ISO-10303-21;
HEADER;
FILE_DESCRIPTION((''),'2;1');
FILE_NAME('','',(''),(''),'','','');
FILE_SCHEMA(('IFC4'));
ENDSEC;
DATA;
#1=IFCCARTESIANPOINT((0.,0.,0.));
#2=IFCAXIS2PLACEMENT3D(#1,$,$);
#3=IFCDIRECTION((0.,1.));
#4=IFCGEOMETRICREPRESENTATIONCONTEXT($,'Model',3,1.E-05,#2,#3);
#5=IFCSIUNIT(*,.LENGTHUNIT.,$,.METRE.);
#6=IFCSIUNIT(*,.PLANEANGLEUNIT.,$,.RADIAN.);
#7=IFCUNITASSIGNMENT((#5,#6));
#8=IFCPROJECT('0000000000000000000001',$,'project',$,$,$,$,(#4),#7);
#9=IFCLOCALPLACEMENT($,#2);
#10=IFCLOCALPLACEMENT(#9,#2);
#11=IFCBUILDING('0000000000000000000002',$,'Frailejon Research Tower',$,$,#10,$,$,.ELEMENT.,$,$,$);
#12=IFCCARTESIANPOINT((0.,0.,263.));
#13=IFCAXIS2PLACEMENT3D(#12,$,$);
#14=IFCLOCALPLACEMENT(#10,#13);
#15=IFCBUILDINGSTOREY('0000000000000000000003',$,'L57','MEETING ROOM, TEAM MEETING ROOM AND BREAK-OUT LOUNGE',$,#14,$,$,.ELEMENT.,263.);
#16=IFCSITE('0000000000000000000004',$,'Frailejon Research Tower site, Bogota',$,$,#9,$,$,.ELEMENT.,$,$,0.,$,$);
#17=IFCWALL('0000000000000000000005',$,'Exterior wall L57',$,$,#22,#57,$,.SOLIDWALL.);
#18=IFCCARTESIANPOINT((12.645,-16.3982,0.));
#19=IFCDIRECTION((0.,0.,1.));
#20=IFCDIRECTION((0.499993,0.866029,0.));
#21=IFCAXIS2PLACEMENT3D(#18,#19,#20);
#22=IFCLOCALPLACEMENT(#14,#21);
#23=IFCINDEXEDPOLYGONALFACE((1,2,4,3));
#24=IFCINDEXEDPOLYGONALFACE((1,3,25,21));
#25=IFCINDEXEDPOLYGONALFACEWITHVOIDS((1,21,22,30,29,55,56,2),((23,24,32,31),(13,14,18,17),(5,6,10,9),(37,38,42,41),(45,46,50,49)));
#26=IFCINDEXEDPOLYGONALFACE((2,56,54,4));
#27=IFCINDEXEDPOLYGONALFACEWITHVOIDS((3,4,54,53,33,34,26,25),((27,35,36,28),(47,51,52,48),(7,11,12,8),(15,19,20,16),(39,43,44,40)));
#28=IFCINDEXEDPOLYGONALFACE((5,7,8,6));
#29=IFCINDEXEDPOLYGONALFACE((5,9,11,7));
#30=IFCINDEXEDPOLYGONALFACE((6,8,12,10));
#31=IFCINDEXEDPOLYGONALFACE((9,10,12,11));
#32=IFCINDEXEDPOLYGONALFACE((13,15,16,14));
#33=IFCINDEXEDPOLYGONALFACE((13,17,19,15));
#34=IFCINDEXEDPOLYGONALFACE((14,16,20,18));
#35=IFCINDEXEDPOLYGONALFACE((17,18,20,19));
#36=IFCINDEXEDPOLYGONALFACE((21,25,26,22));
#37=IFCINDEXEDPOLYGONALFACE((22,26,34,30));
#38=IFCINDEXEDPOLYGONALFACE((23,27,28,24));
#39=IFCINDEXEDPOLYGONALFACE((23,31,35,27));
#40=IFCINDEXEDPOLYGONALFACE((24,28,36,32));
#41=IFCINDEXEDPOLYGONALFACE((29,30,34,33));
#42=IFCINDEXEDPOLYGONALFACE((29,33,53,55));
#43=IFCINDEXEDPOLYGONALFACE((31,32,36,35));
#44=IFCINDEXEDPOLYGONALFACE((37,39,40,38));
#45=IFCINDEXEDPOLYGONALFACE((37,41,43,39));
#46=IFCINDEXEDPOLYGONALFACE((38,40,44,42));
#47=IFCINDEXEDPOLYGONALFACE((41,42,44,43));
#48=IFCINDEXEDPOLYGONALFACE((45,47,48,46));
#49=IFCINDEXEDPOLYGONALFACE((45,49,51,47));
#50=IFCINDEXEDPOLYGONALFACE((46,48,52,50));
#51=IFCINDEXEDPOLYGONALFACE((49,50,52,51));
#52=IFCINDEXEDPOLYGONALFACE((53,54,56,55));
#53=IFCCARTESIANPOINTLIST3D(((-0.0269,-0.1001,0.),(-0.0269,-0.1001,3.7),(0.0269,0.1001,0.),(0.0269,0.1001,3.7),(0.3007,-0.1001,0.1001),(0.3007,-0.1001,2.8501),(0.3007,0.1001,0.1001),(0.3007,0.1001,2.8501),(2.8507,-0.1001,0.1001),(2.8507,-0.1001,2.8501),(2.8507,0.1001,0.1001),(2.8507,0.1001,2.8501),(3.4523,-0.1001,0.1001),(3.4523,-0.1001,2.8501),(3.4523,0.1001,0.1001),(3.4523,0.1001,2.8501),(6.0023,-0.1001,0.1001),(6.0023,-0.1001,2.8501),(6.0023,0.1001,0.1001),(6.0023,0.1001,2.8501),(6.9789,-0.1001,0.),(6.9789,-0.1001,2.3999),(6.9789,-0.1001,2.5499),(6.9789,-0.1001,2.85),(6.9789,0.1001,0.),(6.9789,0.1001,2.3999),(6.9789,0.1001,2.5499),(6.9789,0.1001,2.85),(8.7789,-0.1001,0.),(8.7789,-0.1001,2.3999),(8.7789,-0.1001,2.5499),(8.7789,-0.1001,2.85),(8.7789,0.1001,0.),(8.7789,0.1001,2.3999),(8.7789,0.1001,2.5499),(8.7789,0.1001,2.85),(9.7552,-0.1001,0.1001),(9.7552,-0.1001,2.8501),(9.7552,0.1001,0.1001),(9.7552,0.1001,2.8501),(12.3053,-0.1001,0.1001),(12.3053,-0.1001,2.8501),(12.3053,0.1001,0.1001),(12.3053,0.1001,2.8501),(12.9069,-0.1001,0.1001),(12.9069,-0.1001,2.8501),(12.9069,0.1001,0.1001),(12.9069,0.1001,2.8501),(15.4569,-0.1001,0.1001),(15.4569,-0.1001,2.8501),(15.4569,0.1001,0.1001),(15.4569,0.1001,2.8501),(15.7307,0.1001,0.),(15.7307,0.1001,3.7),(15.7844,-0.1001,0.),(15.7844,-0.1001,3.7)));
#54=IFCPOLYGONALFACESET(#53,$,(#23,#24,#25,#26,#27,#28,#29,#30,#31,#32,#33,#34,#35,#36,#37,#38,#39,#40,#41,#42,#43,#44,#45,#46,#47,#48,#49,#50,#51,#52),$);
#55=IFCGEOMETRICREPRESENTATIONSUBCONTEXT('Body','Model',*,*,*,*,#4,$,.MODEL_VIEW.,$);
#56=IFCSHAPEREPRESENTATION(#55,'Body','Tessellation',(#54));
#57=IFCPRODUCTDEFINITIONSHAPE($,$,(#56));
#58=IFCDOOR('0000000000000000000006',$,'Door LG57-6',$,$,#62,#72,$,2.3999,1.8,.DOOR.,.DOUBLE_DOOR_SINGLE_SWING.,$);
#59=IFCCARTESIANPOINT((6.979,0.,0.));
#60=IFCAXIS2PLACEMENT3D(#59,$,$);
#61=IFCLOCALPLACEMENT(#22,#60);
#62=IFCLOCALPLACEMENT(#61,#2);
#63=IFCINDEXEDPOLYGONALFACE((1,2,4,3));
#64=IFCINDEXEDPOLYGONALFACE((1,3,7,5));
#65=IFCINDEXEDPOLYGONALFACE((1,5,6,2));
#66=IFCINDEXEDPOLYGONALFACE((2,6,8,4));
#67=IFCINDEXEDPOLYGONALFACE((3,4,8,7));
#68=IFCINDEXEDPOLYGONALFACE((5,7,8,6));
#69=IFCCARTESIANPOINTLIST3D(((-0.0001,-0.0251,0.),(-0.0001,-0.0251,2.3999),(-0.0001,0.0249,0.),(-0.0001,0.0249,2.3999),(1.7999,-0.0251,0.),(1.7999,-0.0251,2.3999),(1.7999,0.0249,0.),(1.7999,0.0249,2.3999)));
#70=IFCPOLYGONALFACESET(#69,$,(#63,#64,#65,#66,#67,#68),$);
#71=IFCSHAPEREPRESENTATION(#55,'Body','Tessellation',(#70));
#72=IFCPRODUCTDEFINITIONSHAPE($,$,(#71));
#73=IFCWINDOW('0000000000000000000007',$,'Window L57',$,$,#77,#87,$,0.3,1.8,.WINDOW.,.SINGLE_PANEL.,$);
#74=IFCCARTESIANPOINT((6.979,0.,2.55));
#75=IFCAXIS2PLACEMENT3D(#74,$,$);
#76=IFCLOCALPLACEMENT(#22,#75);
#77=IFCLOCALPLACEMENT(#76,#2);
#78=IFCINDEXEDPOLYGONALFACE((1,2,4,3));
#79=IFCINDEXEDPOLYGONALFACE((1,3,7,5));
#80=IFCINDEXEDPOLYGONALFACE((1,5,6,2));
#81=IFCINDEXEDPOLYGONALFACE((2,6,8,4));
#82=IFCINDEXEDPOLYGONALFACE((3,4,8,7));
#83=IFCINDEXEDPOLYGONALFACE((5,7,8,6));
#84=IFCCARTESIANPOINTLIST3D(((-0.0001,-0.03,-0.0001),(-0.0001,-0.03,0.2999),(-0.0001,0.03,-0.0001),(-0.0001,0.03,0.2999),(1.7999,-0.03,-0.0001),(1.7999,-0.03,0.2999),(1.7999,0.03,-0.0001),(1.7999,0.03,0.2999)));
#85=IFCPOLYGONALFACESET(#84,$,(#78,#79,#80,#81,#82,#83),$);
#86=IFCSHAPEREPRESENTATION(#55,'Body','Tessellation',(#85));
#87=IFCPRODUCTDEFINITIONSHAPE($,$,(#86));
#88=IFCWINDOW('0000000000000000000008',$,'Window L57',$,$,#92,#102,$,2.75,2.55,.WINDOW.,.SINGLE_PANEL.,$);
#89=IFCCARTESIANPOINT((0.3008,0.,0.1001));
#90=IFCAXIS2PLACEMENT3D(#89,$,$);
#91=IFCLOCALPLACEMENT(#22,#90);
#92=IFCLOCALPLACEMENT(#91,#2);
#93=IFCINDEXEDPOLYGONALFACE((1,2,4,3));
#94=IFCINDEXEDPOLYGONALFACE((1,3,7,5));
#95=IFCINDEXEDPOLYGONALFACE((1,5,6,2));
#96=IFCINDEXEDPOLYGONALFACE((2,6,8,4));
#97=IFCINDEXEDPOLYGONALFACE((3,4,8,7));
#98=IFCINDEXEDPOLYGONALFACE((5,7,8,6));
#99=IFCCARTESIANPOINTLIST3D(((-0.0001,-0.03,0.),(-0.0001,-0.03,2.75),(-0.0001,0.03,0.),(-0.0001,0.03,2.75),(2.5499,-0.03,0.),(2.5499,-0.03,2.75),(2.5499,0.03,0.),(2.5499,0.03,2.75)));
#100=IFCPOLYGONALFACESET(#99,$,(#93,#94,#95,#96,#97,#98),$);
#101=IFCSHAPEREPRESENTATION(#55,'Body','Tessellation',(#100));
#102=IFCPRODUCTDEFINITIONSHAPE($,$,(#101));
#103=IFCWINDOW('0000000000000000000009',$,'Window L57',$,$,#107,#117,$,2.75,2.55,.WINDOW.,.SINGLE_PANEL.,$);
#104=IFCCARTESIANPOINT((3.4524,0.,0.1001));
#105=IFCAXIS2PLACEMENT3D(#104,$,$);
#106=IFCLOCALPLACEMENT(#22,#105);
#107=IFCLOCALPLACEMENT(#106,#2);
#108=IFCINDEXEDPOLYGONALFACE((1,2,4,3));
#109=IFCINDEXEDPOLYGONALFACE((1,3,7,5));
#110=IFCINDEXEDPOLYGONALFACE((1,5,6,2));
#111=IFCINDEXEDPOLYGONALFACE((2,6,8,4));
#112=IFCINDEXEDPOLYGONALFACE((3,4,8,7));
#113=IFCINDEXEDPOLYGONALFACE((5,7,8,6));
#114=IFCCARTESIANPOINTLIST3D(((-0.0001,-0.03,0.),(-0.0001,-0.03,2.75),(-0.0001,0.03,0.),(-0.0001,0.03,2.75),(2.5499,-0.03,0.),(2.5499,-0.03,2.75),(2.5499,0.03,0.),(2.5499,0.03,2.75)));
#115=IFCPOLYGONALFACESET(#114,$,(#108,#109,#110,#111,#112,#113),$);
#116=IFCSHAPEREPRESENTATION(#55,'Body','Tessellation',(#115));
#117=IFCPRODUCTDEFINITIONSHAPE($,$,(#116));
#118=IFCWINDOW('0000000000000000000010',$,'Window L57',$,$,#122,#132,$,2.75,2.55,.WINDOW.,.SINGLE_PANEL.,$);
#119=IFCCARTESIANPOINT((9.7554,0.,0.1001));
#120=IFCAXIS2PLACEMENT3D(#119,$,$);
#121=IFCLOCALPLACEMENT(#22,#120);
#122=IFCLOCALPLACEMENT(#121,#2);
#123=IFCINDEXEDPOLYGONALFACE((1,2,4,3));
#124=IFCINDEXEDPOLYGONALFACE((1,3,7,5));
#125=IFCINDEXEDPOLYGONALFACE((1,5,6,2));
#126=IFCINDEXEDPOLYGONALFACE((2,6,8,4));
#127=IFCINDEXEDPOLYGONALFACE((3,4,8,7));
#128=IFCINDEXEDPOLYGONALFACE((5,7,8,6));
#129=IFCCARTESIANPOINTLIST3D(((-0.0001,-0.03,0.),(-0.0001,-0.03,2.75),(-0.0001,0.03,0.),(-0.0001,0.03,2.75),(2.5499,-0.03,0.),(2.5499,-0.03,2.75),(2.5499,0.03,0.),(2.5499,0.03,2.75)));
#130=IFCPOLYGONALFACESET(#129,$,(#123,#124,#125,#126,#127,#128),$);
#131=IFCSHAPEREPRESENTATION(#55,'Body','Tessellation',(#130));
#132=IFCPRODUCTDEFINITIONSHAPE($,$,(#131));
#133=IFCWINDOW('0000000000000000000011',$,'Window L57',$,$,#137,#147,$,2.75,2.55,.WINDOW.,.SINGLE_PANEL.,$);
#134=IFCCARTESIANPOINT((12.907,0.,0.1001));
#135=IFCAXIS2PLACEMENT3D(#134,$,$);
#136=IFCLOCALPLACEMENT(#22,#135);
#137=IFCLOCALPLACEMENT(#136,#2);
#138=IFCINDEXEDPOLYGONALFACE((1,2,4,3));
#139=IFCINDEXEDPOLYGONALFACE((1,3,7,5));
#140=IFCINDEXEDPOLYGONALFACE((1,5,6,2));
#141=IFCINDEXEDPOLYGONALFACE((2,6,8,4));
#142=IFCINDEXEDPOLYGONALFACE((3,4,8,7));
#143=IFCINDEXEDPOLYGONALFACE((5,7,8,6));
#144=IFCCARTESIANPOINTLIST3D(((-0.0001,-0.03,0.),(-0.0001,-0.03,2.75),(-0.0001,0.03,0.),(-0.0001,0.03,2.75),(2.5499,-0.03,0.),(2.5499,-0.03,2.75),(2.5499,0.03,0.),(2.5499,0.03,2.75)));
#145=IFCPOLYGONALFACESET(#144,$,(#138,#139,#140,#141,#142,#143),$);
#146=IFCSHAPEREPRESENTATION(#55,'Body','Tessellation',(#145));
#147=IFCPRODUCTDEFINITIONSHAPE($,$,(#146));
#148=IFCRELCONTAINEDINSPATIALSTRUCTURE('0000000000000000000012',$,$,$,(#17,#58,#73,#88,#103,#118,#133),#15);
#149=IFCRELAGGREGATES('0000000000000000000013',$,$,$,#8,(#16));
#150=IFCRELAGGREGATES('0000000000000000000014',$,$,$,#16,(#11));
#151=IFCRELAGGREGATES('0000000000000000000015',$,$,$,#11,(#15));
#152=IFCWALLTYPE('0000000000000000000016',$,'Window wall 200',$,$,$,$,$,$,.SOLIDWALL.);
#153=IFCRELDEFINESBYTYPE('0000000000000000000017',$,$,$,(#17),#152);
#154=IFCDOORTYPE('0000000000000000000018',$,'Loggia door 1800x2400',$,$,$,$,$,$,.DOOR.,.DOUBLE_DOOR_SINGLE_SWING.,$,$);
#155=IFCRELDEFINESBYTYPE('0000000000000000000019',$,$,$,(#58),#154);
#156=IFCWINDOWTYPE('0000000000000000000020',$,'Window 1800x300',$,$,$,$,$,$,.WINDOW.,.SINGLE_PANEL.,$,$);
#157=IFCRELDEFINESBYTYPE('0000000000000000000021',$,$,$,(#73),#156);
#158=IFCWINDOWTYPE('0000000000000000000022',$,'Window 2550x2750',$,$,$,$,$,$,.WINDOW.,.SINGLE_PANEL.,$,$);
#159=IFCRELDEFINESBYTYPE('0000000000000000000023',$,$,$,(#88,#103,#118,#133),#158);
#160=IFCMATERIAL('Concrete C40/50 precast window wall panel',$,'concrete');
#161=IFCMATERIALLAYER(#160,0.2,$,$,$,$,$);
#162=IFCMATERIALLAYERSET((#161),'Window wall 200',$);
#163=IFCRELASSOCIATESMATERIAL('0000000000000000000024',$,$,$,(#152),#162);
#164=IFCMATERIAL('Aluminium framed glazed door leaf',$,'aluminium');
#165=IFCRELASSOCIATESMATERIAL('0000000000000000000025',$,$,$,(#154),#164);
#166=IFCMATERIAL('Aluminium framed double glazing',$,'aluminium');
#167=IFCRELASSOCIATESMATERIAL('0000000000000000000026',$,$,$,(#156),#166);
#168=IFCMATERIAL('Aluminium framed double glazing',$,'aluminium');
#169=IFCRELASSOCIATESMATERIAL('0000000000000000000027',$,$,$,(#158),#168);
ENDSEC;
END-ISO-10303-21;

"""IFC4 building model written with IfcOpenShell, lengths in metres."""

from ifc_helpers import new_model, si_unit, direction, frame, frame_2d, origin, place, context, subcontext, project, spatial, polyline, rectangle, outline, extrude, material, layer, layer_set, type_object, element, fill, save


model = new_model("IFC4")

# Units and contexts
model_context = context("Model", 3, precision=1e-05, world=origin(), true_north=direction((0.0, 1.0)))
body_context = subcontext(model_context, "Body", "Model", "MODEL_VIEW")
ifc_project = project(units=[si_unit("LENGTHUNIT", "METRE"), si_unit("PLANEANGLEUNIT", "RADIAN")], contexts=[model_context])

# Site, building, storey
site_placement = place(None, origin())
site = spatial("IfcSite", under=ifc_project, at=site_placement, Name="Frailejon Research Tower site, Bogota", CompositionType="ELEMENT", RefElevation=0.0)
building_placement = place(site_placement, origin())
building = spatial("IfcBuilding", under=site, at=building_placement, Name="Frailejon Research Tower", CompositionType="ELEMENT")
storey_placement = place(building_placement, frame((0.0, 0.0, 263.0)))
storey = spatial("IfcBuildingStorey", under=building, at=storey_placement, Name="L57", Description="MEETING ROOM, TEAM MEETING ROOM AND BREAK-OUT LOUNGE", CompositionType="ELEMENT", Elevation=263.0)

# Wall, openings, door, windows
ifc_material_1 = material(Name="Concrete C40/50 precast window wall panel", Category="concrete")
ifc_layer_1 = layer(ifc_material_1, 0.2)
ifc_layer_set_1 = layer_set([ifc_layer_1], Name="Window wall 200")
wall_type = type_object("IfcWallType", Name="Window wall 200", PredefinedType="SOLIDWALL", material=ifc_layer_set_1)
wall_placement = place(storey_placement, frame((12.645, -16.3982, 0.0), z_axis=(0.0, 0.0, 1.0), x_axis=(0.499993, 0.866029, 0.0)))
wall = element("IfcWall", 1, at=wall_placement, inside=storey, type_object=wall_type, Name="Exterior wall L57", PredefinedType="SOLIDWALL", context=body_context, shape_type="SweptSolid", body=[
    extrude(outline(polyline([(-0.0269, -0.1001), (1.0273, -0.1001), (2.0813, -0.1001), (3.1355, -0.1001), (4.1895, -0.1001), (5.2437, -0.1001), (6.2976, -0.1001), (7.3518, -0.1001), (8.4058, -0.1001), (9.46, -0.1001), (10.5139, -0.1001), (11.5681, -0.1001), (12.6221, -0.1001), (13.6763, -0.1001), (14.7302, -0.1001), (15.7844, -0.1001), (15.7307, 0.1001), (14.6838, 0.1001), (13.637, 0.1001), (12.5898, 0.1001), (11.543, 0.1001), (10.4961, 0.1001), (9.4492, 0.1001), (8.4023, 0.1001), (7.3552, 0.1001), (6.3083, 0.1001), (5.2615, 0.1001), (4.2146, 0.1001), (3.1677, 0.1001), (2.1206, 0.1001), (1.0737, 0.1001), (0.0269, 0.1001), (-0.0269, -0.1001)])), origin(), (0.0, 0.0, 1.0), 3.7),
])
opening_1_placement = place(wall_placement, frame((0.3008, 0.0, 0.1001)))
opening_1 = element("IfcOpeningElement", 2, at=opening_1_placement, cuts=wall, PredefinedType="OPENING", context=body_context, shape_type="SweptSolid", body=[
    extrude(rectangle(XDim=2.55, YDim=2.75, at=frame_2d((1.2749, 1.375))), frame((0.0, 0.1099, 0.0), z_axis=(0.0, -1.0, 0.0), x_axis=(1.0, 0.0, 0.0)), (0.0, 0.0, 1.0), 0.22),
])
opening_2_placement = place(wall_placement, frame((3.4524, 0.0, 0.1001)))
opening_2 = element("IfcOpeningElement", 3, at=opening_2_placement, cuts=wall, PredefinedType="OPENING", context=body_context, shape_type="SweptSolid", body=[
    extrude(rectangle(XDim=2.55, YDim=2.75, at=frame_2d((1.2749, 1.375))), frame((0.0, 0.1099, 0.0), z_axis=(0.0, -1.0, 0.0), x_axis=(1.0, 0.0, 0.0)), (0.0, 0.0, 1.0), 0.22),
])
opening_3_placement = place(wall_placement, frame((6.979, 0.0, 0.0)))
opening_3 = element("IfcOpeningElement", 4, at=opening_3_placement, cuts=wall, PredefinedType="OPENING", context=body_context, shape_type="SweptSolid", body=[
    extrude(rectangle(XDim=1.8, YDim=2.3999, at=frame_2d((0.8999, 1.2))), frame((0.0, 0.1099, 0.0), z_axis=(0.0, -1.0, 0.0), x_axis=(1.0, 0.0, 0.0)), (0.0, 0.0, 1.0), 0.22),
])
opening_4_placement = place(wall_placement, frame((6.979, 0.0, 2.55)))
opening_4 = element("IfcOpeningElement", 5, at=opening_4_placement, cuts=wall, PredefinedType="OPENING", context=body_context, shape_type="SweptSolid", body=[
    extrude(rectangle(XDim=1.8, YDim=0.3, at=frame_2d((0.8999, 0.1499))), frame((0.0, 0.1099, 0.0), z_axis=(0.0, -1.0, 0.0), x_axis=(1.0, 0.0, 0.0)), (0.0, 0.0, 1.0), 0.22),
])
opening_5_placement = place(wall_placement, frame((9.7554, 0.0, 0.1001)))
opening_5 = element("IfcOpeningElement", 6, at=opening_5_placement, cuts=wall, PredefinedType="OPENING", context=body_context, shape_type="SweptSolid", body=[
    extrude(rectangle(XDim=2.55, YDim=2.75, at=frame_2d((1.2749, 1.375))), frame((0.0, 0.1099, 0.0), z_axis=(0.0, -1.0, 0.0), x_axis=(1.0, 0.0, 0.0)), (0.0, 0.0, 1.0), 0.22),
])
opening_6_placement = place(wall_placement, frame((12.907, 0.0, 0.1001)))
opening_6 = element("IfcOpeningElement", 7, at=opening_6_placement, cuts=wall, PredefinedType="OPENING", context=body_context, shape_type="SweptSolid", body=[
    extrude(rectangle(XDim=2.55, YDim=2.75, at=frame_2d((1.2749, 1.375))), frame((0.0, 0.1099, 0.0), z_axis=(0.0, -1.0, 0.0), x_axis=(1.0, 0.0, 0.0)), (0.0, 0.0, 1.0), 0.22),
])
ifc_material_2 = material(Name="Aluminium framed glazed door leaf", Category="aluminium")
door_type = type_object("IfcDoorType", Name="Loggia door 1800x2400", OperationType="DOUBLE_DOOR_SINGLE_SWING", PredefinedType="DOOR", material=ifc_material_2)
door_placement = place(opening_3_placement, origin())
door = element("IfcDoor", 8, at=door_placement, inside=storey, type_object=door_type, Name="Door LG57-6", OperationType="DOUBLE_DOOR_SINGLE_SWING", OverallHeight=2.3999, OverallWidth=1.8, PredefinedType="DOOR", context=body_context, shape_type="SweptSolid", body=[
    extrude(rectangle(XDim=1.8, YDim=2.3999, at=frame_2d((0.8999, 1.2))), frame((0.0, 0.0249, 0.0), z_axis=(0.0, -1.0, 0.0), x_axis=(1.0, 0.0, 0.0)), (0.0, 0.0, 1.0), 0.05),
])
fill(opening_3, door)
ifc_material_3 = material(Name="Aluminium framed double glazing", Category="aluminium")
window_type_1 = type_object("IfcWindowType", Name="Window 1800x300", PartitioningType="SINGLE_PANEL", PredefinedType="WINDOW", material=ifc_material_3)
window_1_placement = place(opening_4_placement, origin())
window_1 = element("IfcWindow", 9, at=window_1_placement, inside=storey, type_object=window_type_1, Name="Window L57", OverallHeight=0.3, OverallWidth=1.8, PartitioningType="SINGLE_PANEL", PredefinedType="WINDOW", context=body_context, shape_type="SweptSolid", body=[
    extrude(rectangle(XDim=1.8, YDim=0.3, at=frame_2d((0.8999, 0.1499))), frame((0.0, 0.03, 0.0), z_axis=(0.0, -1.0, 0.0), x_axis=(1.0, 0.0, 0.0)), (0.0, 0.0, 1.0), 0.0601),
])
fill(opening_4, window_1)
ifc_material_4 = material(Name="Aluminium framed double glazing", Category="aluminium")
window_type_2 = type_object("IfcWindowType", Name="Window 2550x2750", PartitioningType="SINGLE_PANEL", PredefinedType="WINDOW", material=ifc_material_4)
window_2_placement = place(opening_1_placement, origin())
window_2 = element("IfcWindow", 10, at=window_2_placement, inside=storey, type_object=window_type_2, Name="Window L57", OverallHeight=2.75, OverallWidth=2.55, PartitioningType="SINGLE_PANEL", PredefinedType="WINDOW", context=body_context, shape_type="SweptSolid", body=[
    extrude(rectangle(XDim=2.55, YDim=2.75, at=frame_2d((1.2749, 1.375))), frame((0.0, 0.03, 0.0), z_axis=(0.0, -1.0, 0.0), x_axis=(1.0, 0.0, 0.0)), (0.0, 0.0, 1.0), 0.0601),
])
fill(opening_1, window_2)
window_3_placement = place(opening_2_placement, origin())
window_3 = element("IfcWindow", 11, at=window_3_placement, inside=storey, type_object=window_type_2, Name="Window L57", OverallHeight=2.75, OverallWidth=2.55, PartitioningType="SINGLE_PANEL", PredefinedType="WINDOW", context=body_context, shape_type="SweptSolid", body=[
    extrude(rectangle(XDim=2.55, YDim=2.75, at=frame_2d((1.2749, 1.375))), frame((0.0, 0.03, 0.0), z_axis=(0.0, -1.0, 0.0), x_axis=(1.0, 0.0, 0.0)), (0.0, 0.0, 1.0), 0.0601),
])
fill(opening_2, window_3)
window_4_placement = place(opening_5_placement, origin())
window_4 = element("IfcWindow", 12, at=window_4_placement, inside=storey, type_object=window_type_2, Name="Window L57", OverallHeight=2.75, OverallWidth=2.55, PartitioningType="SINGLE_PANEL", PredefinedType="WINDOW", context=body_context, shape_type="SweptSolid", body=[
    extrude(rectangle(XDim=2.55, YDim=2.75, at=frame_2d((1.2749, 1.375))), frame((0.0, 0.03, 0.0), z_axis=(0.0, -1.0, 0.0), x_axis=(1.0, 0.0, 0.0)), (0.0, 0.0, 1.0), 0.0601),
])
fill(opening_5, window_4)
window_5_placement = place(opening_6_placement, origin())
window_5 = element("IfcWindow", 13, at=window_5_placement, inside=storey, type_object=window_type_2, Name="Window L57", OverallHeight=2.75, OverallWidth=2.55, PartitioningType="SINGLE_PANEL", PredefinedType="WINDOW", context=body_context, shape_type="SweptSolid", body=[
    extrude(rectangle(XDim=2.55, YDim=2.75, at=frame_2d((1.2749, 1.375))), frame((0.0, 0.03, 0.0), z_axis=(0.0, -1.0, 0.0), x_axis=(1.0, 0.0, 0.0)), (0.0, 0.0, 1.0), 0.0601),
])
fill(opening_6, window_5)

save(model, "model.ifc")
